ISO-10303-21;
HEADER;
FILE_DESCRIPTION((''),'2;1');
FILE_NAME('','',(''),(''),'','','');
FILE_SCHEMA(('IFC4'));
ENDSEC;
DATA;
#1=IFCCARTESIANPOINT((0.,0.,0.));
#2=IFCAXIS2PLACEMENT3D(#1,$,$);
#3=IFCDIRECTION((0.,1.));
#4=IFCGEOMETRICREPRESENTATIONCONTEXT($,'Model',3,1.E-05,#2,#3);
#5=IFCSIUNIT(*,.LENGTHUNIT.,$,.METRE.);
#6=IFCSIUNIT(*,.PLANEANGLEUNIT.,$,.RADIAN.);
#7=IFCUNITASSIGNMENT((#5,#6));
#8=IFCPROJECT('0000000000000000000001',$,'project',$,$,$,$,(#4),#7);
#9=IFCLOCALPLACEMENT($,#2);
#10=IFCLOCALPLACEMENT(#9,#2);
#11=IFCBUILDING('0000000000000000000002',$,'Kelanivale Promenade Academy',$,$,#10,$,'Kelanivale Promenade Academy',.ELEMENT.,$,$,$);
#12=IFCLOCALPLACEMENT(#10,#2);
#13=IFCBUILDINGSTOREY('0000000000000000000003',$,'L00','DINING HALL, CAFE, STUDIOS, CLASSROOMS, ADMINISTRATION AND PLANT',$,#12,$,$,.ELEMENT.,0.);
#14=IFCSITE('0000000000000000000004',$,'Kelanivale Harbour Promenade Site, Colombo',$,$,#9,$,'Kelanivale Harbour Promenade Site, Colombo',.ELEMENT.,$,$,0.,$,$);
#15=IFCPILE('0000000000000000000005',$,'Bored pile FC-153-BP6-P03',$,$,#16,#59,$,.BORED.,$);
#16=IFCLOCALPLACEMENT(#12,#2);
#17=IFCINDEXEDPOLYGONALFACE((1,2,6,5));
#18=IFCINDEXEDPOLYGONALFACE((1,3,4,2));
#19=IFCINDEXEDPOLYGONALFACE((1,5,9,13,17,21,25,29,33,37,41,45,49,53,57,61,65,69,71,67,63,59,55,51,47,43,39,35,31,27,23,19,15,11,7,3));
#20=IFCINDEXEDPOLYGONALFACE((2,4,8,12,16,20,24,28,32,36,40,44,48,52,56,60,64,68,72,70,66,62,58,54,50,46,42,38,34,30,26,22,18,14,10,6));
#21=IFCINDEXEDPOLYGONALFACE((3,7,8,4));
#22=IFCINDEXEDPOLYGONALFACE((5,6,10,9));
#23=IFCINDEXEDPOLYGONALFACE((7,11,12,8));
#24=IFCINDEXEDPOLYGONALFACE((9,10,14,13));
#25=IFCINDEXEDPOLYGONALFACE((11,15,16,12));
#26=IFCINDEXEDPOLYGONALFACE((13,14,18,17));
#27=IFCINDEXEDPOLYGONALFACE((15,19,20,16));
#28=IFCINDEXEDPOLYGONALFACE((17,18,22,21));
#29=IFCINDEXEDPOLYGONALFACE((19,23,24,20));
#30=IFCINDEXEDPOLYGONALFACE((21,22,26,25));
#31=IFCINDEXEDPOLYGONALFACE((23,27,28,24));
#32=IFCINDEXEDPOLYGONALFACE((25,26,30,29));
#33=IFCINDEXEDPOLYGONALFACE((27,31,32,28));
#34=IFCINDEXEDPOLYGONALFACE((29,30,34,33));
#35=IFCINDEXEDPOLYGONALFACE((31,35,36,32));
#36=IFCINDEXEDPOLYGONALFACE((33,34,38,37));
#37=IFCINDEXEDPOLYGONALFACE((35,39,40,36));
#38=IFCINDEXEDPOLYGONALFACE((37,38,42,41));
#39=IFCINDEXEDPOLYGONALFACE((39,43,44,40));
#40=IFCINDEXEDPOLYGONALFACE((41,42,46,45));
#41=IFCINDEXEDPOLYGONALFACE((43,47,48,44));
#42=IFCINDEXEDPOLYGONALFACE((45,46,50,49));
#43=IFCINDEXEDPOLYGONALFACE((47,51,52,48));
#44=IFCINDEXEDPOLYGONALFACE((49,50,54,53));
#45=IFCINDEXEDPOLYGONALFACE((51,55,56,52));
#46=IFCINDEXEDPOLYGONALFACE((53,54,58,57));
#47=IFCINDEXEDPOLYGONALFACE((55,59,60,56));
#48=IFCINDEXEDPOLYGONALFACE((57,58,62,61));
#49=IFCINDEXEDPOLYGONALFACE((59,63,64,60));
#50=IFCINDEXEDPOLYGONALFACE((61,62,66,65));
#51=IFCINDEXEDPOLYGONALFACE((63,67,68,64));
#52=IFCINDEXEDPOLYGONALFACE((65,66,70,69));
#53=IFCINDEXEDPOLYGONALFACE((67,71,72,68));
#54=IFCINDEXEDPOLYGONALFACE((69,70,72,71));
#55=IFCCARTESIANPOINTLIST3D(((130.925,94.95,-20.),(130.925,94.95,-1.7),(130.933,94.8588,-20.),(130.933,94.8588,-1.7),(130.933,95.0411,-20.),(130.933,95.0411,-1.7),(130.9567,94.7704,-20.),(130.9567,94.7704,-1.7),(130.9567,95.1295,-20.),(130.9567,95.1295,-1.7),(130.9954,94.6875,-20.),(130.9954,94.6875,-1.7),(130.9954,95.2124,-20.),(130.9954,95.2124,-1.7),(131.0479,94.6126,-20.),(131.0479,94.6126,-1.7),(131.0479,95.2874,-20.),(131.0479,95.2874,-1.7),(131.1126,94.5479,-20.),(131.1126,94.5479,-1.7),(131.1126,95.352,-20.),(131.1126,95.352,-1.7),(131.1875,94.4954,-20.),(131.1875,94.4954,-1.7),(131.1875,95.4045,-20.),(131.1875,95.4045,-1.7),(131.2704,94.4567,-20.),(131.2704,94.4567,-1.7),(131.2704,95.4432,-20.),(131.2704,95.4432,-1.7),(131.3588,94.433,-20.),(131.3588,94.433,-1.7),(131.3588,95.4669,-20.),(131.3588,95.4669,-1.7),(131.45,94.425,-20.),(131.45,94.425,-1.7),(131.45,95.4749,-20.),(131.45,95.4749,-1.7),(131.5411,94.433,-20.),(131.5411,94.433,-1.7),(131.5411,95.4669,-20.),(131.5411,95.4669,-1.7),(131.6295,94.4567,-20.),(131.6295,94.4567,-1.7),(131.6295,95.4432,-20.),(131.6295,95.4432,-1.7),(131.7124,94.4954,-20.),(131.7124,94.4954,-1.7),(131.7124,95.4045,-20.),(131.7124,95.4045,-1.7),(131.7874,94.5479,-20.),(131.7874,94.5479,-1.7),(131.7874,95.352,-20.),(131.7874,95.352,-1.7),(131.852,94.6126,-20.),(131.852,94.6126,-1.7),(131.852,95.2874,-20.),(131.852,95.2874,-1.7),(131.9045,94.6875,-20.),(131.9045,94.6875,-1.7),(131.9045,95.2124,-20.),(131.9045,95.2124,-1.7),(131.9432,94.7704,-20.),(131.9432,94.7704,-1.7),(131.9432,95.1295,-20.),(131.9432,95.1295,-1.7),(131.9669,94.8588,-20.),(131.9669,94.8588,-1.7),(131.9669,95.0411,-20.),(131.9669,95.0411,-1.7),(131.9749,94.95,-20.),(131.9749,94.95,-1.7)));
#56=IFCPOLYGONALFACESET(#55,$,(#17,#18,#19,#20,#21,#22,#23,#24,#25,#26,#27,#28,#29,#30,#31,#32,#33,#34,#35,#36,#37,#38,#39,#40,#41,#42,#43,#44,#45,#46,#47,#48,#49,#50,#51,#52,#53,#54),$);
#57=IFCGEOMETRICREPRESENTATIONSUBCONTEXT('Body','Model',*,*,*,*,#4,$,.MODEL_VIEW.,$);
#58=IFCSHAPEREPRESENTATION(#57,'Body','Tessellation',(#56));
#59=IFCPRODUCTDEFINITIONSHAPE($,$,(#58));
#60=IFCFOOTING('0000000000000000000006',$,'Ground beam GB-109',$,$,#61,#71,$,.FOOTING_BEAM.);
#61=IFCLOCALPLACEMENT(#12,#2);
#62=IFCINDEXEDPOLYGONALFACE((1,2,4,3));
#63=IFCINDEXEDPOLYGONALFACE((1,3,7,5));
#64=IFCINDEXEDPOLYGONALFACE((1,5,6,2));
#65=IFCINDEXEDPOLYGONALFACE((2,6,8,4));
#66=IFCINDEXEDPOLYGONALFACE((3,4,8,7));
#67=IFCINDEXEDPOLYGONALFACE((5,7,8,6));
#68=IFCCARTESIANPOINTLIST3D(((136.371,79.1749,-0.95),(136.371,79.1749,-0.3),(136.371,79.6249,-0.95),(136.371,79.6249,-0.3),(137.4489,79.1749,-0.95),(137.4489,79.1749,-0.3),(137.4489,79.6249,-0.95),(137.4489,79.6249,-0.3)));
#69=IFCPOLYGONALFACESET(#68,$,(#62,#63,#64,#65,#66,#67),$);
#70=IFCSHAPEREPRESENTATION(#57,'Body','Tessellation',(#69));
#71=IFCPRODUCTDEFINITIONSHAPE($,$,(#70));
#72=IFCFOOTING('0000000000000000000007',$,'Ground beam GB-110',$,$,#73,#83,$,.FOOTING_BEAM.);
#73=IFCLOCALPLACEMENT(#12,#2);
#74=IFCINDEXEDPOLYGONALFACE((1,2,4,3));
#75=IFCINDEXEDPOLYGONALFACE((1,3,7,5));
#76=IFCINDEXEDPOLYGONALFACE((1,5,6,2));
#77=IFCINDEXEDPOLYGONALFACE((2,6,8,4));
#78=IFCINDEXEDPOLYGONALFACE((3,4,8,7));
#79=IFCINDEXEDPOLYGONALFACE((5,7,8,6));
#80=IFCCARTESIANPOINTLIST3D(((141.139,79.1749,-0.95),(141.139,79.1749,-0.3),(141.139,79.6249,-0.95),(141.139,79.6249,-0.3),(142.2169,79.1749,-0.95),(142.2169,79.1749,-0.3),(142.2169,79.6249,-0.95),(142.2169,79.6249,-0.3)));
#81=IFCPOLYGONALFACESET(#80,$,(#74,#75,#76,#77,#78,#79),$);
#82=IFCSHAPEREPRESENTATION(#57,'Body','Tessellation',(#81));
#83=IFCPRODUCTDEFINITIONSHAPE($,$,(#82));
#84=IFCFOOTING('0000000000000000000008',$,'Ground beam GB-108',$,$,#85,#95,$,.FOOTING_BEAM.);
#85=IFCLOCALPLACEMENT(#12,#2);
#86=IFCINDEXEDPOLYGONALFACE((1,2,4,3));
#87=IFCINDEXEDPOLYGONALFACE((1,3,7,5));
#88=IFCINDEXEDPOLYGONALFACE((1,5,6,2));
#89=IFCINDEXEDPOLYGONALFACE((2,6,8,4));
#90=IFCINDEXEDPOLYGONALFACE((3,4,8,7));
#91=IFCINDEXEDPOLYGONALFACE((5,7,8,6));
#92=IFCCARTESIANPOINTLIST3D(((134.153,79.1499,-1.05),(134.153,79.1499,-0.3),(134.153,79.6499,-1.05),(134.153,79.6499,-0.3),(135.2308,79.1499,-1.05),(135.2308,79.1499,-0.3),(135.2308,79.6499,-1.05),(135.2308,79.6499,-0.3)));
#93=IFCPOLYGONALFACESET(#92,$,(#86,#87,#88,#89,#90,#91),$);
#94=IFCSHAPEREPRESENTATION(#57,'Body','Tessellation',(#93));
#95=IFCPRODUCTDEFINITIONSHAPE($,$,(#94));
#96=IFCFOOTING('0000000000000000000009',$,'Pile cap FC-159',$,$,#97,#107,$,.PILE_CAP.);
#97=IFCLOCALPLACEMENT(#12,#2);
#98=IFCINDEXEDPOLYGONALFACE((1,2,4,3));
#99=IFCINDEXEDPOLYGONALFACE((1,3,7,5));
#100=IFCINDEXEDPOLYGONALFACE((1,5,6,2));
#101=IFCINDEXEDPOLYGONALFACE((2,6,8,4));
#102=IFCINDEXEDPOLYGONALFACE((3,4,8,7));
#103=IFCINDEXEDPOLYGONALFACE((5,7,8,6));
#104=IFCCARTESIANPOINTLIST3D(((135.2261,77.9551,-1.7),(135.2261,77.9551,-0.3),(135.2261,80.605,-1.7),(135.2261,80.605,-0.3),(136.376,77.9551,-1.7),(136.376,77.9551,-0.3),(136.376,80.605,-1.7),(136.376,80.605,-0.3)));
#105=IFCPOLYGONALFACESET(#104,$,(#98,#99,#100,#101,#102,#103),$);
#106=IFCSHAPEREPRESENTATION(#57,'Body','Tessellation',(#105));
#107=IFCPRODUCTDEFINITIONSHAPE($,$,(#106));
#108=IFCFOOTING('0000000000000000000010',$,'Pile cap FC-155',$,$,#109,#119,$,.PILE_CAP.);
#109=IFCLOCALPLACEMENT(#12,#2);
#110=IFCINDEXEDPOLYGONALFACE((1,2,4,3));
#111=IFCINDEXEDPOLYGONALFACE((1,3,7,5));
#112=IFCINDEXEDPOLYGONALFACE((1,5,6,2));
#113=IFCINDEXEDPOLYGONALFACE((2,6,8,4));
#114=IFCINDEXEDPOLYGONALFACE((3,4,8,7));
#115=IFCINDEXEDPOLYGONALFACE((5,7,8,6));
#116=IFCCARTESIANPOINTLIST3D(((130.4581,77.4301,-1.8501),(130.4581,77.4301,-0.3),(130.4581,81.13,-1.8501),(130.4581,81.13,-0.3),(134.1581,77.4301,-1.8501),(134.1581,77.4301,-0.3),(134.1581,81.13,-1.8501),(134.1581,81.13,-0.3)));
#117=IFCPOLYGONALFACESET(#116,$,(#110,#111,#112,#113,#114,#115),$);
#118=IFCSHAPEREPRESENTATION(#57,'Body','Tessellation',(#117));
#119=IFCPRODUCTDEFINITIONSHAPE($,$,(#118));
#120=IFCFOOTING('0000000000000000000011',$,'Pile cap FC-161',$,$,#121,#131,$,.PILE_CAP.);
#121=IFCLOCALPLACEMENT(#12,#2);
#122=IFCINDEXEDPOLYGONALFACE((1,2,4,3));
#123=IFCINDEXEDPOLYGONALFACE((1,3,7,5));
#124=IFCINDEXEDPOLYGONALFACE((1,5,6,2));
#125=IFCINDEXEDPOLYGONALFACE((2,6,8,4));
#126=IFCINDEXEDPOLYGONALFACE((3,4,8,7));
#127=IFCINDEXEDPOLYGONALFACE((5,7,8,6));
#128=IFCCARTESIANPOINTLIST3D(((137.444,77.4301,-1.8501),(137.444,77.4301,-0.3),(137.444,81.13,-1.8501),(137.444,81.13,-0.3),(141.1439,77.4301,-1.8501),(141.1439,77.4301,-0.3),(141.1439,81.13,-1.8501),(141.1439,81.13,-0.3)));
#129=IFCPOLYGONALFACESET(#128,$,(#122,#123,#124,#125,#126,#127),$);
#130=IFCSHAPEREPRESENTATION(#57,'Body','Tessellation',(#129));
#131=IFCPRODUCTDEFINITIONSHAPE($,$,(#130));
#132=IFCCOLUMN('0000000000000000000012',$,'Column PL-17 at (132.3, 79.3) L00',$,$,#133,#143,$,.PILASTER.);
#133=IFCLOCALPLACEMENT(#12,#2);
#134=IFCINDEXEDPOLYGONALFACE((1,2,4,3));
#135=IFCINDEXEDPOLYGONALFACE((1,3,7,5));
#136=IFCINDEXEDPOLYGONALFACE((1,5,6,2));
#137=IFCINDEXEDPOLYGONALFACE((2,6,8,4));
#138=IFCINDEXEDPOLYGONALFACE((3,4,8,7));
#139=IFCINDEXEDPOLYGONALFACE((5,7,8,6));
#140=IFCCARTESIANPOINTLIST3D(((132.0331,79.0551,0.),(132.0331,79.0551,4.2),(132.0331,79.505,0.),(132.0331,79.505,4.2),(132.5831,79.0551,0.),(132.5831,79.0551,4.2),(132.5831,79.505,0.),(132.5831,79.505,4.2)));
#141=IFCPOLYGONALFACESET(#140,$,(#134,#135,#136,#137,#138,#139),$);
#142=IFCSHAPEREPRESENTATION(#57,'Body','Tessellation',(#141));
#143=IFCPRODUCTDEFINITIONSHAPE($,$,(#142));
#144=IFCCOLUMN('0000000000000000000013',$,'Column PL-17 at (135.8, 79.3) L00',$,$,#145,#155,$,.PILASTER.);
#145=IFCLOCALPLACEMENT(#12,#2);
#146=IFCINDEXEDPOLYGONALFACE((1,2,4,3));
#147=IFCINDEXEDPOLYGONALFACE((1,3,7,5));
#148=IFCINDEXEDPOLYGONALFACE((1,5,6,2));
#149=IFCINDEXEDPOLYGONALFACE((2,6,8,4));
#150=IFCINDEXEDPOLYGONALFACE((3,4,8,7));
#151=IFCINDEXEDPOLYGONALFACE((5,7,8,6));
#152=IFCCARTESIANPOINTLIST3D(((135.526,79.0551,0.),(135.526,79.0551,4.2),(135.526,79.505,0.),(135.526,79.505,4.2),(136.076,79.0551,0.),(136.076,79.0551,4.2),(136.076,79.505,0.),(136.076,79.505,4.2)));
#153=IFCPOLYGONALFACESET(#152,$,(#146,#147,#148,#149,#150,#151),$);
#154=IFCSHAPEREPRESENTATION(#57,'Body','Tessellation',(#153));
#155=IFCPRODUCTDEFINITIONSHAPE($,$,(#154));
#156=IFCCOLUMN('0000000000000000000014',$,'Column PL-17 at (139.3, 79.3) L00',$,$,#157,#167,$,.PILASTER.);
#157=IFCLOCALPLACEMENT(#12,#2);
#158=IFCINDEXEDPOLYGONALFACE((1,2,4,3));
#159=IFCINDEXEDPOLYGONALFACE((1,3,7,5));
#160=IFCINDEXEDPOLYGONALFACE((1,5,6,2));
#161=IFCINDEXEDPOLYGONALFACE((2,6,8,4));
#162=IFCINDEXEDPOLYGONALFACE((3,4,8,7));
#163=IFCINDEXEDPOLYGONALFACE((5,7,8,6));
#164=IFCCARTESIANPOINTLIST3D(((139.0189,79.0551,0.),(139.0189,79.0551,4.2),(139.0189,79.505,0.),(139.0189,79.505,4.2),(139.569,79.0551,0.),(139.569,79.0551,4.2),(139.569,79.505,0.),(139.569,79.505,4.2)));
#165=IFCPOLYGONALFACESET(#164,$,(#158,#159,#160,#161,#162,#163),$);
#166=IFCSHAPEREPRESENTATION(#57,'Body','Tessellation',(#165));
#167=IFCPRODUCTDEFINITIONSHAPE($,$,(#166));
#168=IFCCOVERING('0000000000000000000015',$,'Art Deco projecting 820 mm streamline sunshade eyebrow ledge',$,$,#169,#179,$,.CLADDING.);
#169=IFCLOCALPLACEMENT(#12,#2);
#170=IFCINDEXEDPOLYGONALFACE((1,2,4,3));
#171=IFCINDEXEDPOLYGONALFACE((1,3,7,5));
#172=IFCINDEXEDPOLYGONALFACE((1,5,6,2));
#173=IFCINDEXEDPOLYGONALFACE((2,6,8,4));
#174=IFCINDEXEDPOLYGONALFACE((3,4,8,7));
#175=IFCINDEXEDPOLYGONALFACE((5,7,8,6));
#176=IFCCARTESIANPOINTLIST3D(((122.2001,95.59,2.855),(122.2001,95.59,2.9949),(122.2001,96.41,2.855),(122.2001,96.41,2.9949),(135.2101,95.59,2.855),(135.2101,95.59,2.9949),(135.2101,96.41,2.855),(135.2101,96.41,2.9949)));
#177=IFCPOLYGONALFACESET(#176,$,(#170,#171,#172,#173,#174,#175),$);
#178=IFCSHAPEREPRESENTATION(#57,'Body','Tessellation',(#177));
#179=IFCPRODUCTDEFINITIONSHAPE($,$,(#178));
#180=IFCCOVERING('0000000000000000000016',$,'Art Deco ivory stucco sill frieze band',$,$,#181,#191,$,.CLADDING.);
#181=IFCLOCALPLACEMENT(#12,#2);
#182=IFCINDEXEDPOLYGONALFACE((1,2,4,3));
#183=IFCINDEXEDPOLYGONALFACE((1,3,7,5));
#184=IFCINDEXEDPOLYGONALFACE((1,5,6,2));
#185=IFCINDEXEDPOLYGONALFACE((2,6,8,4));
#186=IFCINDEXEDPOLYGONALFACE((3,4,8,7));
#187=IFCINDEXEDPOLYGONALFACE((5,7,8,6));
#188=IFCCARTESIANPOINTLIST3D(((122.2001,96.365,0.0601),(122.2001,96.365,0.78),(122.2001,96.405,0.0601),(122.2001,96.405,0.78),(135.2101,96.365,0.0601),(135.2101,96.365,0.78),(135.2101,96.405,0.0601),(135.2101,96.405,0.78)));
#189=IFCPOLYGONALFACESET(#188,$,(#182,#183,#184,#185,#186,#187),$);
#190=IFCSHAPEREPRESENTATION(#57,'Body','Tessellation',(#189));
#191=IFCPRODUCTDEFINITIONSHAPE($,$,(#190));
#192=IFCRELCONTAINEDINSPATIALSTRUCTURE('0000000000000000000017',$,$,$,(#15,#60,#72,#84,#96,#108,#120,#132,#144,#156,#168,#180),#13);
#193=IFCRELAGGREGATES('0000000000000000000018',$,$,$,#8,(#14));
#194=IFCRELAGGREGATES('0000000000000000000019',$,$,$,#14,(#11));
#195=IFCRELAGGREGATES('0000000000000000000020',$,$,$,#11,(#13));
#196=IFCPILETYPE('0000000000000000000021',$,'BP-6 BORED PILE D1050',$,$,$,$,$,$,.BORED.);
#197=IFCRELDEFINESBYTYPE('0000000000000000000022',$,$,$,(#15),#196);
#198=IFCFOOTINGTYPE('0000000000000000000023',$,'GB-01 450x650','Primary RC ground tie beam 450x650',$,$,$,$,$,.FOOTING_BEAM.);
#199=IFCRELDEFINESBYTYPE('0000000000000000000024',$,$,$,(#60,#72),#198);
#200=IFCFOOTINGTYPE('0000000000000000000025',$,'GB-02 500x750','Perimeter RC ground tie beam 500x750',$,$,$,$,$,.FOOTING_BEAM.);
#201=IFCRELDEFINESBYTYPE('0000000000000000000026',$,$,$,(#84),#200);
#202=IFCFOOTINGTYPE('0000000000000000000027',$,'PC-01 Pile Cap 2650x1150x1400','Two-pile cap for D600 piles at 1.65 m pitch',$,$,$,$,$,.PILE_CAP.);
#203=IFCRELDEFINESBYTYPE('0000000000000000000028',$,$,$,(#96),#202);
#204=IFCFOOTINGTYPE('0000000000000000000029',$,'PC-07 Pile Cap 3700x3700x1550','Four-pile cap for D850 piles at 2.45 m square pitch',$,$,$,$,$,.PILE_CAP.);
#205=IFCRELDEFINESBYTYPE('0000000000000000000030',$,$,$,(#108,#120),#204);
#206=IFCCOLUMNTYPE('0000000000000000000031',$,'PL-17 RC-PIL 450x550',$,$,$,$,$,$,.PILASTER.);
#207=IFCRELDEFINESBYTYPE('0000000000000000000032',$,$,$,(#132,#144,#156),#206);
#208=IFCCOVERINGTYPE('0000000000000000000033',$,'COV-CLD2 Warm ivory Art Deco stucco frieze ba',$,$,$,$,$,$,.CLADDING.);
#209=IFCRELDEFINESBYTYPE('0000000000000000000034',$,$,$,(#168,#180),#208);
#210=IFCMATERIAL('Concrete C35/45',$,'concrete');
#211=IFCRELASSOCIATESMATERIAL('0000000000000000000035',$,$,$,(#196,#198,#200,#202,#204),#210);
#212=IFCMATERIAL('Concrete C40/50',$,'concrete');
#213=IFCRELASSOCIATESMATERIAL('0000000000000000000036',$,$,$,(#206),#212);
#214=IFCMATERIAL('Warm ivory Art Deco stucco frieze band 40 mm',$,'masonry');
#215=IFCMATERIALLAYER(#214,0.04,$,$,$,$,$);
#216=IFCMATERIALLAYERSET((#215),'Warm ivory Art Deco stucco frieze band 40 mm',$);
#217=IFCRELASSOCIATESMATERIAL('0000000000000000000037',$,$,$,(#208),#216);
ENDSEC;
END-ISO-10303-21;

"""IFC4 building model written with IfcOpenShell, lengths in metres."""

from ifc_helpers import new_model, si_unit, direction, frame, origin, origin_2d, place, context, subcontext, project, spatial, rectangle, circle, extrude, material, layer, layer_set, material_profile, profile_set, type_object, element, save


model = new_model("IFC4")

# Units and contexts
model_context = context("Model", 3, precision=1e-05, world=origin(), true_north=direction((0.0, 1.0)))
body_context = subcontext(model_context, "Body", "Model", "MODEL_VIEW")
ifc_project = project(units=[si_unit("LENGTHUNIT", "METRE"), si_unit("PLANEANGLEUNIT", "RADIAN")], contexts=[model_context])

# Site, building, storey
site_placement = place(None, origin())
site = spatial("IfcSite", under=ifc_project, at=site_placement, Name="Kelanivale Harbour Promenade Site, Colombo", LongName="Kelanivale Harbour Promenade Site, Colombo", CompositionType="ELEMENT", RefElevation=0.0)
building_placement = place(site_placement, origin())
building = spatial("IfcBuilding", under=site, at=building_placement, Name="Kelanivale Promenade Academy", LongName="Kelanivale Promenade Academy", CompositionType="ELEMENT")
storey_placement = place(building_placement, origin())
storey = spatial("IfcBuildingStorey", under=building, at=storey_placement, Name="L00", Description="DINING HALL, CAFE, STUDIOS, CLASSROOMS, ADMINISTRATION AND PLANT", CompositionType="ELEMENT", Elevation=0.0)

# Pile
ifc_material_1 = material(Name="Concrete C35/45", Category="concrete")
ifc_material_profile_1 = material_profile(ifc_material_1, circle(Radius=0.5249, at=origin_2d()), Name="BORED PILE D1050")
ifc_profile_set_1 = profile_set([ifc_material_profile_1], Name="Concrete C35/45")
pile_type_1 = type_object("IfcPileType", Name="BP-6 BORED PILE D1050", PredefinedType="BORED", material=ifc_profile_set_1)
pile_placement = place(storey_placement, frame((131.45, 94.95, -1.7), z_axis=(0.0, 0.0, -1.0), x_axis=(1.0, 0.0, 0.0)))
element("IfcPile", 1, at=pile_placement, inside=storey, type_object=pile_type_1, Name="Bored pile FC-153-BP6-P03", PredefinedType="BORED", context=body_context, shape_type="SweptSolid", body=[
    extrude(circle(Radius=0.5249, at=origin_2d()), origin(), (0.0, 0.0, 1.0), 18.3),
])

# Footings
footing_type_1 = type_object("IfcFootingType", Name="GB-01 450x650", Description="Primary RC ground tie beam 450x650", PredefinedType="FOOTING_BEAM", material=ifc_material_1)
for number, where, z_axis, x_axis, name in (
    (2, (136.9099, 79.3999, -0.95), (0.0, 0.0, 1.0), (1.0, 0.0, 0.0), "Ground beam GB-109"),
    (3, (141.678, 79.3999, -0.95), (0.0, 0.0, 1.0), (1.0, 0.0, 0.0), "Ground beam GB-110"),
):
    element("IfcFooting", number, at=place(storey_placement, frame(where, z_axis=z_axis, x_axis=x_axis)), inside=storey, type_object=footing_type_1, Name=name, PredefinedType="FOOTING_BEAM", context=body_context, shape_type="SweptSolid", body=[
        extrude(rectangle(XDim=1.0779, YDim=0.45, at=origin_2d()), origin(), (0.0, 0.0, 1.0), 0.6499),
    ])
footing_type_2 = type_object("IfcFootingType", Name="GB-02 500x750", Description="Perimeter RC ground tie beam 500x750", PredefinedType="FOOTING_BEAM", material=ifc_material_1)
footing_1_placement = place(storey_placement, frame((134.6919, 79.3999, -1.05), z_axis=(0.0, 0.0, 1.0), x_axis=(1.0, 0.0, 0.0)))
element("IfcFooting", 4, at=footing_1_placement, inside=storey, type_object=footing_type_2, Name="Ground beam GB-108", PredefinedType="FOOTING_BEAM", context=body_context, shape_type="SweptSolid", body=[
    extrude(rectangle(XDim=1.0779, YDim=0.5, at=origin_2d()), origin(), (0.0, 0.0, 1.0), 0.75),
])
footing_type_3 = type_object("IfcFootingType", Name="PC-01 Pile Cap 2650x1150x1400", Description="Two-pile cap for D600 piles at 1.65 m pitch", PredefinedType="PILE_CAP", material=ifc_material_1)
footing_2_placement = place(storey_placement, frame((135.801, 79.28, -1.7), z_axis=(0.0, 0.0, 1.0), x_axis=(0.0, 1.0, 0.0)))
element("IfcFooting", 5, at=footing_2_placement, inside=storey, type_object=footing_type_3, Name="Pile cap FC-159", PredefinedType="PILE_CAP", context=body_context, shape_type="SweptSolid", body=[
    extrude(rectangle(XDim=2.6499, YDim=1.1499, at=origin_2d()), origin(), (0.0, 0.0, 1.0), 1.3999),
])
footing_type_4 = type_object("IfcFootingType", Name="PC-07 Pile Cap 3700x3700x1550", Description="Four-pile cap for D850 piles at 2.45 m square pitch", PredefinedType="PILE_CAP", material=ifc_material_1)
for number, where, z_axis, x_axis, name in (
    (6, (132.3081, 79.28, -1.8501), (0.0, 0.0, 1.0), (1.0, 0.0, 0.0), "Pile cap FC-155"),
    (7, (139.2939, 79.28, -1.8501), (0.0, 0.0, 1.0), (1.0, 0.0, 0.0), "Pile cap FC-161"),
):
    element("IfcFooting", number, at=place(storey_placement, frame(where, z_axis=z_axis, x_axis=x_axis)), inside=storey, type_object=footing_type_4, Name=name, PredefinedType="PILE_CAP", context=body_context, shape_type="SweptSolid", body=[
        extrude(rectangle(XDim=3.7, YDim=3.7, at=origin_2d()), origin(), (0.0, 0.0, 1.0), 1.55),
    ])

# Columns
ifc_material_2 = material(Name="Concrete C40/50", Category="concrete")
ifc_material_profile_2 = material_profile(ifc_material_2, rectangle(XDim=0.45, YDim=0.55, at=origin_2d()), Name="RC-PIL 450x550")
ifc_profile_set_2 = profile_set([ifc_material_profile_2], Name="Concrete C40/50")
column_type = type_object("IfcColumnType", Name="PL-17 RC-PIL 450x550", PredefinedType="PILASTER", material=ifc_profile_set_2)
for number, where, z_axis, x_axis, name in (
    (8, (132.3081, 79.28, 0.0), (0.0, 0.0, 1.0), (0.0, 1.0, 0.0), "Column PL-17 at (132.3, 79.3) L00"),
    (9, (135.801, 79.28, 0.0), (0.0, 0.0, 1.0), (0.0, 1.0, 0.0), "Column PL-17 at (135.8, 79.3) L00"),
    (10, (139.2939, 79.28, 0.0), (0.0, 0.0, 1.0), (0.0, 1.0, 0.0), "Column PL-17 at (139.3, 79.3) L00"),
):
    element("IfcColumn", number, at=place(storey_placement, frame(where, z_axis=z_axis, x_axis=x_axis)), inside=storey, type_object=column_type, Name=name, PredefinedType="PILASTER", context=body_context, shape_type="SweptSolid", body=[
        extrude(rectangle(XDim=0.45, YDim=0.55, at=origin_2d()), origin(), (0.0, 0.0, 1.0), 4.2),
    ])

# Coverings
ifc_material_3 = material(Name="Warm ivory Art Deco stucco frieze band 40 mm", Category="masonry")
ifc_layer_1 = layer(ifc_material_3, 0.04)
ifc_layer_set_1 = layer_set([ifc_layer_1], Name="Warm ivory Art Deco stucco frieze band 40 mm")
covering_type = type_object("IfcCoveringType", Name="COV-CLD2 Warm ivory Art Deco stucco frieze ba", PredefinedType="CLADDING", material=ifc_layer_set_1)
covering_1_placement = place(storey_placement, frame((128.7051, 96.0, 2.855), z_axis=(0.0, 0.0, 1.0), x_axis=(1.0, 0.0, 0.0)))
element("IfcCovering", 11, at=covering_1_placement, inside=storey, type_object=covering_type, Name="Art Deco projecting 820 mm streamline sunshade eyebrow ledge", PredefinedType="CLADDING", context=body_context, shape_type="SweptSolid", body=[
    extrude(rectangle(XDim=13.01, YDim=0.8201, at=origin_2d()), origin(), (0.0, 0.0, 1.0), 0.1399),
])
covering_2_placement = place(storey_placement, frame((128.7051, 96.385, 0.0601), z_axis=(0.0, 0.0, 1.0), x_axis=(1.0, 0.0, 0.0)))
element("IfcCovering", 12, at=covering_2_placement, inside=storey, type_object=covering_type, Name="Art Deco ivory stucco sill frieze band", PredefinedType="CLADDING", context=body_context, shape_type="SweptSolid", body=[
    extrude(rectangle(XDim=13.01, YDim=0.04, at=origin_2d()), origin(), (0.0, 0.0, 1.0), 0.72),
])

save(model, "model.ifc")
